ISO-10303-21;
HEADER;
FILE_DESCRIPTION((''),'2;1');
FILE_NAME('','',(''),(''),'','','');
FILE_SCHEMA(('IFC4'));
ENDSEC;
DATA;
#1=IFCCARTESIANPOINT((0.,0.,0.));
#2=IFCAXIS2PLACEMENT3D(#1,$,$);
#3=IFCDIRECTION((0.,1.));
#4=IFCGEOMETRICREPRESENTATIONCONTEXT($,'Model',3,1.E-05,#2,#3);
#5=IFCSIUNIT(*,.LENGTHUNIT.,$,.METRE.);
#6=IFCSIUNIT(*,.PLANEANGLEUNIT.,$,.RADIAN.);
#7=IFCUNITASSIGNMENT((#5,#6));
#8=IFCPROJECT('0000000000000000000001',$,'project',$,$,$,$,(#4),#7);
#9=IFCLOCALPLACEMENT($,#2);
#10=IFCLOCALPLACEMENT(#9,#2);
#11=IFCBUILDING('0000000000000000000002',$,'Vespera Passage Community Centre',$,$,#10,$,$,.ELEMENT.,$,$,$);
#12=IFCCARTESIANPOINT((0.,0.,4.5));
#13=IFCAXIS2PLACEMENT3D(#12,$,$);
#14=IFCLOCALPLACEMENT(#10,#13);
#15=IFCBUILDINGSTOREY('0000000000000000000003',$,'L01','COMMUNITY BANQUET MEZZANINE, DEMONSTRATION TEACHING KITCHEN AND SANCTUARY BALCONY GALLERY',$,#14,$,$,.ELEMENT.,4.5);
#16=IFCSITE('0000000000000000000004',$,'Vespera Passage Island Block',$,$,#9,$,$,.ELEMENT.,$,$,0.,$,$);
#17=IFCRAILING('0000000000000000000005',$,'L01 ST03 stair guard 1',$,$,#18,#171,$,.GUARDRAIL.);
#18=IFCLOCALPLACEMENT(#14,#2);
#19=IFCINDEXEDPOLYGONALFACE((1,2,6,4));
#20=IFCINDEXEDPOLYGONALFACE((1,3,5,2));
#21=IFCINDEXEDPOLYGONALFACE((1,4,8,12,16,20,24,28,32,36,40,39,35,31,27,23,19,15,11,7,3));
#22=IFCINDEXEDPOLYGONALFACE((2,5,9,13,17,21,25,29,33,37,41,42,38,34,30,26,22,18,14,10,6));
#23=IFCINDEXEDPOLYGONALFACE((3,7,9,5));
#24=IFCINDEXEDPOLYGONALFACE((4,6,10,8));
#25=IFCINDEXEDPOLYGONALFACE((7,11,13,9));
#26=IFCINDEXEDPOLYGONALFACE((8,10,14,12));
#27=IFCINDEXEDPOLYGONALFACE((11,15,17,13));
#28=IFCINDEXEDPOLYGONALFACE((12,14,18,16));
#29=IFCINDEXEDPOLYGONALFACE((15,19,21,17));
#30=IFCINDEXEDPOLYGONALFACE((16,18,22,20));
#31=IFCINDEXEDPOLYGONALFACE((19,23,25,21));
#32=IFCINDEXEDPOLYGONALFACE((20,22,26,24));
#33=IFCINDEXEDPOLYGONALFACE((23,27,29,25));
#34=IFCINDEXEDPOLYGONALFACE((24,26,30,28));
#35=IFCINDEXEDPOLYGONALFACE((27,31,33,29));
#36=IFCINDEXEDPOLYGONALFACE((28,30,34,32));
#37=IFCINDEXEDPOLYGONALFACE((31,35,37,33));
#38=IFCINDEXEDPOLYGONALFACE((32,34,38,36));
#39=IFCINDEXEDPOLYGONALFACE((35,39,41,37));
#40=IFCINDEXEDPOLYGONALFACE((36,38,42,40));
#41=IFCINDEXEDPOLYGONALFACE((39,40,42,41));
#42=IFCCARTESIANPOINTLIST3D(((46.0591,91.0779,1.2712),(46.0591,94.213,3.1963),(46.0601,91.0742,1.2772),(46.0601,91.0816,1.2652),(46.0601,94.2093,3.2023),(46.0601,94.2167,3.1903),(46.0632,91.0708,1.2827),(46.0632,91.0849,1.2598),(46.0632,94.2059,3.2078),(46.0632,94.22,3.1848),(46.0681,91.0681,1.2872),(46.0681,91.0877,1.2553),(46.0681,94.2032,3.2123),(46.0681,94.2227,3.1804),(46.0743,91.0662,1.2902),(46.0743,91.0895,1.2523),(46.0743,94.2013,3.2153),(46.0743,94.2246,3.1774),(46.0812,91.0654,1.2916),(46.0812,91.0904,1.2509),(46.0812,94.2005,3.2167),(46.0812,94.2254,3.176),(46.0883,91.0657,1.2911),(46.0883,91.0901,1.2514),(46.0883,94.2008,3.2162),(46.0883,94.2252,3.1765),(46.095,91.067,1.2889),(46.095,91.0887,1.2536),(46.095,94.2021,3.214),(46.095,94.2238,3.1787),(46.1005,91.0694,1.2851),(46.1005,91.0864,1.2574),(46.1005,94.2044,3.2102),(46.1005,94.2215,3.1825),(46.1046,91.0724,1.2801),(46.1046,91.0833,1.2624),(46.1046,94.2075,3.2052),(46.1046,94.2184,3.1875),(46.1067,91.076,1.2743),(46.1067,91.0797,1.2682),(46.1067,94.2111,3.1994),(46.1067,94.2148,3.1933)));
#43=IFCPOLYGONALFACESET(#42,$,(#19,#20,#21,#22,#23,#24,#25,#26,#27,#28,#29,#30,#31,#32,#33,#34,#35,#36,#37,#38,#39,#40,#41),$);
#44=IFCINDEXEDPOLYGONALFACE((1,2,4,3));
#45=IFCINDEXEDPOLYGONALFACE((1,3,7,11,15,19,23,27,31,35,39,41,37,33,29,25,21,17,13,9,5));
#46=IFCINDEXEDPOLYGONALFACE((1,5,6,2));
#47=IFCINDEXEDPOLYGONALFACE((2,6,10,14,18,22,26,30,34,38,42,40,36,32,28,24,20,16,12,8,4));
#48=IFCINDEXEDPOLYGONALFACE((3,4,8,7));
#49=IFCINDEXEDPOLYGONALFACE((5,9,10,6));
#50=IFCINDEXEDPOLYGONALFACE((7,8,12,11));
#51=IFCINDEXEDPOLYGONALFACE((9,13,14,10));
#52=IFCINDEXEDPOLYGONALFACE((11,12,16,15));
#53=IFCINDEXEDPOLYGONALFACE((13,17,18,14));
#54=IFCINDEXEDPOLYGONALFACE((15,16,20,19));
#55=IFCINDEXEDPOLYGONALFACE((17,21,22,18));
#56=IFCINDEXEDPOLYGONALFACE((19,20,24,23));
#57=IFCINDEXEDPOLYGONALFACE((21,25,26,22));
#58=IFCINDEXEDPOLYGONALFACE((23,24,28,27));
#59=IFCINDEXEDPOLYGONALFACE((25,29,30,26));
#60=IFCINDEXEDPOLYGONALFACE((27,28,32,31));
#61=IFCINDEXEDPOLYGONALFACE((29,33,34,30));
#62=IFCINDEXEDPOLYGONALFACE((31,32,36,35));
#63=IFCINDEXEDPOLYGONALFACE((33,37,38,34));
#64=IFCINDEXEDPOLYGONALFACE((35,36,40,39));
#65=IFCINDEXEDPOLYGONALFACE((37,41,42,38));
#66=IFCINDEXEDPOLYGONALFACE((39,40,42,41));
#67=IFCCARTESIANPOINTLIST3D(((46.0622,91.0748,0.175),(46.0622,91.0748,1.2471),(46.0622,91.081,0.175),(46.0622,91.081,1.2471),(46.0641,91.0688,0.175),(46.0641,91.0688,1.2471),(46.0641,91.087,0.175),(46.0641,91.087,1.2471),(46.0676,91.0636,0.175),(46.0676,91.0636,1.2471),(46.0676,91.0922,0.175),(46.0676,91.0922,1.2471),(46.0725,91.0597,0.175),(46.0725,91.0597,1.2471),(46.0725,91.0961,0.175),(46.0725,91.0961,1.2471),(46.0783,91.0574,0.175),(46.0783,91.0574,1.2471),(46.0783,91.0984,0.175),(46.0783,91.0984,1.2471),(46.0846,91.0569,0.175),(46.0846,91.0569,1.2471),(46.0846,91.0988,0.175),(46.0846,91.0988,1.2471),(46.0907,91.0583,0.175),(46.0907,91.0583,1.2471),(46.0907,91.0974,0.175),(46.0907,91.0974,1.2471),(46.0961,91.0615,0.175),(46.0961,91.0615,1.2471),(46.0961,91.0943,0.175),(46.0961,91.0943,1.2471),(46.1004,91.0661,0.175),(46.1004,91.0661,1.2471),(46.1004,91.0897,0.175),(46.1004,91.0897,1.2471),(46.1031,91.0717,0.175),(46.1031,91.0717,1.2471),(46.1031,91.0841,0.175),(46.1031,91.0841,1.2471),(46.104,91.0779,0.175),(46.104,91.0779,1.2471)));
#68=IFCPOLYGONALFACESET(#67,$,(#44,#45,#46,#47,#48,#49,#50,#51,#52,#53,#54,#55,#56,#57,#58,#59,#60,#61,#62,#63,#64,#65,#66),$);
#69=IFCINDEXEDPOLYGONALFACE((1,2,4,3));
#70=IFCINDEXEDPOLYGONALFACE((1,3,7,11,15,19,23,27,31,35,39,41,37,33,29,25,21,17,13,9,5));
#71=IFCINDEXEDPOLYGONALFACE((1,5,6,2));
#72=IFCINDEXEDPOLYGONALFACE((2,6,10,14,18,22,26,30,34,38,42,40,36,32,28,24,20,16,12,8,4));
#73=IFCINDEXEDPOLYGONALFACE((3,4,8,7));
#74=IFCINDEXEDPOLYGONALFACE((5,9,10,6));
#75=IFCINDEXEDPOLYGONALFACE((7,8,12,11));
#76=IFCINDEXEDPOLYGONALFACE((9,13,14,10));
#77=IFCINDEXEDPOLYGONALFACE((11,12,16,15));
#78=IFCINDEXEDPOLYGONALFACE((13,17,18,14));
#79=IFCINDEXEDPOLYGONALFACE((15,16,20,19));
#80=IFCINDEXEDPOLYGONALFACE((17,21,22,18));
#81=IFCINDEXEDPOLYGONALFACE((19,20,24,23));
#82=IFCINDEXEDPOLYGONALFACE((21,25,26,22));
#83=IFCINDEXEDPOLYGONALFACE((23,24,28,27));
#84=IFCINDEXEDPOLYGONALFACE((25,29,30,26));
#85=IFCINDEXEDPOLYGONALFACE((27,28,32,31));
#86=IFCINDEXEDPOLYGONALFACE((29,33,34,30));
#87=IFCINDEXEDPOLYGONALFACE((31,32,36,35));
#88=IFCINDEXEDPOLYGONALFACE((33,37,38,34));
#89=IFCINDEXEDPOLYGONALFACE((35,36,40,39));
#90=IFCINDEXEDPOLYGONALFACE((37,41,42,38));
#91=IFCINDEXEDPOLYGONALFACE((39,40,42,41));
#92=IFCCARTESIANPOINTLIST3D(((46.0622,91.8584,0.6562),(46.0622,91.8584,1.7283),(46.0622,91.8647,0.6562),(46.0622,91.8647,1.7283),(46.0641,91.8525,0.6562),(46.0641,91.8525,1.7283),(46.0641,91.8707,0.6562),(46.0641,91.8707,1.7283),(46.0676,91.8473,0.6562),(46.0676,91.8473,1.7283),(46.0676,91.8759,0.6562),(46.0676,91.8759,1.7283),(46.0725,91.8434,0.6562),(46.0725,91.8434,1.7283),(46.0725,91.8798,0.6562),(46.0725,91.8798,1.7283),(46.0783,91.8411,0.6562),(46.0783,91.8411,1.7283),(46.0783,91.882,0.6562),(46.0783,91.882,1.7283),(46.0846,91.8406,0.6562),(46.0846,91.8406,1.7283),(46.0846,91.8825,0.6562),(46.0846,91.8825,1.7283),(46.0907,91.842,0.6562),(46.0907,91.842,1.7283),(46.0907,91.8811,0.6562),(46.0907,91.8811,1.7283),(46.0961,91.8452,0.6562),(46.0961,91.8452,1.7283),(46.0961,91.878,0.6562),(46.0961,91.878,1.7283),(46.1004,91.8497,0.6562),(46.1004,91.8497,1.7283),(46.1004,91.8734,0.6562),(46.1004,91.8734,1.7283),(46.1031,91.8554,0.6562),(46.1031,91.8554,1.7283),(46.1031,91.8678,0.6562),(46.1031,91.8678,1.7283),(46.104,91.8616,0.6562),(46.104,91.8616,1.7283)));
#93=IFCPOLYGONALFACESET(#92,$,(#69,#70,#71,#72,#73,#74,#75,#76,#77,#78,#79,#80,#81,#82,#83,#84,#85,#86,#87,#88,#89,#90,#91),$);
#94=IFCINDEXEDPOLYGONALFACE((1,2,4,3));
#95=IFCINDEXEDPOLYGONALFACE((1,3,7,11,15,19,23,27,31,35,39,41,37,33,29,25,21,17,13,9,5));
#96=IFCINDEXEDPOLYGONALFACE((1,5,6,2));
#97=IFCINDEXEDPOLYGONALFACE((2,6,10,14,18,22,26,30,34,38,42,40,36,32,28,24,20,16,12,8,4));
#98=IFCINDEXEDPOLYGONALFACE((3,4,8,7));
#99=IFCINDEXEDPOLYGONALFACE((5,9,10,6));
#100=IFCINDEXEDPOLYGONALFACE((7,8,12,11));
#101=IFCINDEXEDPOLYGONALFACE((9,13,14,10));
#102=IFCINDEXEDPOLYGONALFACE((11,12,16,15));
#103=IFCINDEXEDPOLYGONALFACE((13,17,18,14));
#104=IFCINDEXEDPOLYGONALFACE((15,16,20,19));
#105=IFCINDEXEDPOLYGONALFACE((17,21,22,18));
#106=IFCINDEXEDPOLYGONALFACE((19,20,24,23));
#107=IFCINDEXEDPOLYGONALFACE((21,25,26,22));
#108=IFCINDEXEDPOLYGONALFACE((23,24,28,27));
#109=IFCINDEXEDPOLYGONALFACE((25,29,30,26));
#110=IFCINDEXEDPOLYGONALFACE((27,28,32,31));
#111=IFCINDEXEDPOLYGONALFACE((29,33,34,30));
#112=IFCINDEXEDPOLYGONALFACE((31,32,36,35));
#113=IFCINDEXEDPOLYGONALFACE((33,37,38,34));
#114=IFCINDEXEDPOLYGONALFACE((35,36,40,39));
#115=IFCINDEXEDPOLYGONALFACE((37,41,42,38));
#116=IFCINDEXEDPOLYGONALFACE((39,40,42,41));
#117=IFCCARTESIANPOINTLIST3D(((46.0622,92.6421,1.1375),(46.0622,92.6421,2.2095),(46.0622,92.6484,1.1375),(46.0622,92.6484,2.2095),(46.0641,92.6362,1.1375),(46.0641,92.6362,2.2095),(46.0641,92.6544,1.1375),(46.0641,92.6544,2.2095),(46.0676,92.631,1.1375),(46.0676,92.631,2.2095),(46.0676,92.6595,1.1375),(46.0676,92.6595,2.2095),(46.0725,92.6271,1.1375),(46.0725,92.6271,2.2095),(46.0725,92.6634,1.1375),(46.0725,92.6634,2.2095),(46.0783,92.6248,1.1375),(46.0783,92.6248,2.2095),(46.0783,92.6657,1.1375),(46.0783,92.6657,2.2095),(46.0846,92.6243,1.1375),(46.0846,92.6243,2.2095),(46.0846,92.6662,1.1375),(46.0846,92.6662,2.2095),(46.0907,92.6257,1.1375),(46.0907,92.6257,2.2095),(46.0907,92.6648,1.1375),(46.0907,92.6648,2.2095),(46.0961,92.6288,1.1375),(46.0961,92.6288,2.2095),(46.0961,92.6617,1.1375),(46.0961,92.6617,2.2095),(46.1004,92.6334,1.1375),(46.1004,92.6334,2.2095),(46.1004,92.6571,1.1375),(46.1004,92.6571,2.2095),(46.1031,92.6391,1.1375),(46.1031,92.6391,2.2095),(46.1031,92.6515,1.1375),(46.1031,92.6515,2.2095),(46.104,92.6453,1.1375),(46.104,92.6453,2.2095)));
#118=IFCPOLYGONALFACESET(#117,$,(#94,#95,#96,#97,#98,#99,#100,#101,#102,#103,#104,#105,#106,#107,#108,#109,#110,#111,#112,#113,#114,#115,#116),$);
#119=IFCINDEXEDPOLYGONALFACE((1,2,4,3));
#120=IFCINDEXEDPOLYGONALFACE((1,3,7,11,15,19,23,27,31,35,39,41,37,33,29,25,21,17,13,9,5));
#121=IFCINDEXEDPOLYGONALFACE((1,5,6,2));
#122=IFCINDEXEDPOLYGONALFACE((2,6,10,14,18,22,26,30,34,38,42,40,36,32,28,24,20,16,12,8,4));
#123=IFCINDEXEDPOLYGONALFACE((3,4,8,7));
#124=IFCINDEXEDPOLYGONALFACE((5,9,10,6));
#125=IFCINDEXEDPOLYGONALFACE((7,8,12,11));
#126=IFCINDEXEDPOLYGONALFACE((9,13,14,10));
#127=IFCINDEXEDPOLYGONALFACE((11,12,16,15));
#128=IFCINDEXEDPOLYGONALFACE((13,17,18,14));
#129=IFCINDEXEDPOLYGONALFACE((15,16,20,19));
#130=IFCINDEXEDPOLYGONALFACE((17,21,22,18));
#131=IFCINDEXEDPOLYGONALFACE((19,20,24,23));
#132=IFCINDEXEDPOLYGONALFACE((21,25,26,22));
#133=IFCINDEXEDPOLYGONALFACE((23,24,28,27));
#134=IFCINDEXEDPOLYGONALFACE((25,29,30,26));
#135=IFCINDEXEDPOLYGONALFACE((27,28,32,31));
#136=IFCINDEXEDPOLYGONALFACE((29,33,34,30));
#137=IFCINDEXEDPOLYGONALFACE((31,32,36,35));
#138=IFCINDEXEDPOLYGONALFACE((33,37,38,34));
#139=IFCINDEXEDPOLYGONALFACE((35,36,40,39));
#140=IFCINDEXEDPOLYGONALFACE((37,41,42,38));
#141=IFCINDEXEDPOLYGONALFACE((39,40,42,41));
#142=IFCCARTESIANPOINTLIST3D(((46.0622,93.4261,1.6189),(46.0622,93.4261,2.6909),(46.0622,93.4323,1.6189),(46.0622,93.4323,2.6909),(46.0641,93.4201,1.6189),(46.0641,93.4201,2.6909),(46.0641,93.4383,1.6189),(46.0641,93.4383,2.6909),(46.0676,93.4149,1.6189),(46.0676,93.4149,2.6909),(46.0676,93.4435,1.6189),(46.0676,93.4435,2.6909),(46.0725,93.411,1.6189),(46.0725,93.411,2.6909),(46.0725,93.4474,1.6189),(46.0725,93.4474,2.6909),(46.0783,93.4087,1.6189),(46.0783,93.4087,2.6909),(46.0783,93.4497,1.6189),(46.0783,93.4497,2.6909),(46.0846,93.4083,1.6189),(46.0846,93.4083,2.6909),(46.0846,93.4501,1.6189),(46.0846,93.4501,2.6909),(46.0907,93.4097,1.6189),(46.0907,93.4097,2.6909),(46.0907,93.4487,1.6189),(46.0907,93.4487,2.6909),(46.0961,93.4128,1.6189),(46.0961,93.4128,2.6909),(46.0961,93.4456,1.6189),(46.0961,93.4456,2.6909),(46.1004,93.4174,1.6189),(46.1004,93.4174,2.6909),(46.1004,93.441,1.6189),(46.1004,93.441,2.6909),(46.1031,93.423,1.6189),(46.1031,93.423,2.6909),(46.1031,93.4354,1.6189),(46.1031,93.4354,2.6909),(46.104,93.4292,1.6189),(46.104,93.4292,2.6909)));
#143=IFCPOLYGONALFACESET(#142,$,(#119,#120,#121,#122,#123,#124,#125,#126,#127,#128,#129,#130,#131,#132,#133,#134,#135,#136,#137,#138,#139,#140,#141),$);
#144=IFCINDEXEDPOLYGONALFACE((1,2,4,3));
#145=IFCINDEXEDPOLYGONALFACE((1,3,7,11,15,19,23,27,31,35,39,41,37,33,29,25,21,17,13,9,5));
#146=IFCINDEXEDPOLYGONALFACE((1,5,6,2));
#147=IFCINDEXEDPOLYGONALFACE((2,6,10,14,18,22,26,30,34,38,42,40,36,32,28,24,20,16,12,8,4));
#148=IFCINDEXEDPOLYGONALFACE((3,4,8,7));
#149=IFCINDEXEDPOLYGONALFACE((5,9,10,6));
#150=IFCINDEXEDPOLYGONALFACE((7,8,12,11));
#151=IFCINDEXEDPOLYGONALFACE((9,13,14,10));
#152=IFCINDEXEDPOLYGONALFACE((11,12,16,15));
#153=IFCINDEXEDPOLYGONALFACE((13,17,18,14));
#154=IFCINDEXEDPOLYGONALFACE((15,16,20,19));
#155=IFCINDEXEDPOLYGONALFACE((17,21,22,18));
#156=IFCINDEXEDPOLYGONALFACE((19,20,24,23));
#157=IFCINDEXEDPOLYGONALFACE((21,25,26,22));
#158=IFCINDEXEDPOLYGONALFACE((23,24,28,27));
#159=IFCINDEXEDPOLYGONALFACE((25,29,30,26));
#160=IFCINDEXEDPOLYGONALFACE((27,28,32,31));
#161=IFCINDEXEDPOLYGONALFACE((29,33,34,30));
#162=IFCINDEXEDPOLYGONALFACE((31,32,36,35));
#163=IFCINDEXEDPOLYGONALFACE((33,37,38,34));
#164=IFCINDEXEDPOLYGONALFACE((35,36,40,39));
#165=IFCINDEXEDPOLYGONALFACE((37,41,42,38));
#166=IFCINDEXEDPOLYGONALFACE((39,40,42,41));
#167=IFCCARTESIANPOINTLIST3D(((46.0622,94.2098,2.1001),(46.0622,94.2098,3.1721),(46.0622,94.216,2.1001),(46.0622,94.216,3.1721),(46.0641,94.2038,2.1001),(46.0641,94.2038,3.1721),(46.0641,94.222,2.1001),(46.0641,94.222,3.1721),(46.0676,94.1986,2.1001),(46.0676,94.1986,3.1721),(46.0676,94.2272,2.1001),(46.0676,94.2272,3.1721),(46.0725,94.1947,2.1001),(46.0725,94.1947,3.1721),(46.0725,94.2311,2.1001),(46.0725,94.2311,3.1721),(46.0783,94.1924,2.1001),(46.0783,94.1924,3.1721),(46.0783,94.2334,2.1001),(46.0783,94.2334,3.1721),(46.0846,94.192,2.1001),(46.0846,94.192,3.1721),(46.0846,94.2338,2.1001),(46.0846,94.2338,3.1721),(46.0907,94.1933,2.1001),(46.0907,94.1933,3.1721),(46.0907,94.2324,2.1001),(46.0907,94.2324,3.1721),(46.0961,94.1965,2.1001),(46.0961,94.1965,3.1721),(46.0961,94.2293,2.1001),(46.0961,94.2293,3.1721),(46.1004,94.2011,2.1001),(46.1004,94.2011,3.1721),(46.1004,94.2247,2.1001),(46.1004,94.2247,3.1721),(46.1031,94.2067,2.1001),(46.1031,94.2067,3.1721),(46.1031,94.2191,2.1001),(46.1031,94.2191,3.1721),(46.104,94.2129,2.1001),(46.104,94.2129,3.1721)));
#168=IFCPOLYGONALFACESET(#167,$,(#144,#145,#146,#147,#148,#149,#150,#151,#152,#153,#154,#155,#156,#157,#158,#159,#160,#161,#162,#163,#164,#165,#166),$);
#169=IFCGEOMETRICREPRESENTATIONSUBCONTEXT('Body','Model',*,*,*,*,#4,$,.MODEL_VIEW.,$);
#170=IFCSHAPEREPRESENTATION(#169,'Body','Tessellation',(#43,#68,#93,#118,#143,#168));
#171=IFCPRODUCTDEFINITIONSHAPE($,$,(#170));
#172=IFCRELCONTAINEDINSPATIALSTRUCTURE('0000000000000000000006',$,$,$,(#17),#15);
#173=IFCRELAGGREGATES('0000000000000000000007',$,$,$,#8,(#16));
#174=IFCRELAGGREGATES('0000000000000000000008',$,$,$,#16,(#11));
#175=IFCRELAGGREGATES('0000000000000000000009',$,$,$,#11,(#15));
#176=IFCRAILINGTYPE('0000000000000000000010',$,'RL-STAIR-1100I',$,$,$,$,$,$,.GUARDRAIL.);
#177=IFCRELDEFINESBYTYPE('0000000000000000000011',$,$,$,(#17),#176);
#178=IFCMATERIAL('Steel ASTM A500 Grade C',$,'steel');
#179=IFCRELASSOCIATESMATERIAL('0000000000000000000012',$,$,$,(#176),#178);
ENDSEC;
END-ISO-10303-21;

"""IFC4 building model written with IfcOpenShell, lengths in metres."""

from ifc_helpers import new_model, si_unit, direction, frame, origin, origin_2d, place, context, subcontext, project, spatial, circle, extrude, material, type_object, element, save


model = new_model("IFC4")

# Units and contexts
model_context = context("Model", 3, precision=1e-05, world=origin(), true_north=direction((0.0, 1.0)))
body_context = subcontext(model_context, "Body", "Model", "MODEL_VIEW")
ifc_project = project(units=[si_unit("LENGTHUNIT", "METRE"), si_unit("PLANEANGLEUNIT", "RADIAN")], contexts=[model_context])

# Site, building, storey
site_placement = place(None, origin())
site = spatial("IfcSite", under=ifc_project, at=site_placement, Name="Vespera Passage Island Block", CompositionType="ELEMENT", RefElevation=0.0)
building_placement = place(site_placement, origin())
building = spatial("IfcBuilding", under=site, at=building_placement, Name="Vespera Passage Community Centre", CompositionType="ELEMENT")
storey_placement = place(building_placement, frame((0.0, 0.0, 4.5)))
storey = spatial("IfcBuildingStorey", under=building, at=storey_placement, Name="L01", Description="COMMUNITY BANQUET MEZZANINE, DEMONSTRATION TEACHING KITCHEN AND SANCTUARY BALCONY GALLERY", CompositionType="ELEMENT", Elevation=4.5)

# Railing
ifc_material_1 = material(Name="Steel ASTM A500 Grade C", Category="steel")
railing_type_1 = type_object("IfcRailingType", Name="RL-STAIR-1100I", PredefinedType="GUARDRAIL", material=ifc_material_1)
railing_1_placement = place(storey_placement, frame((46.083, 91.0779, 0.175)))
element("IfcRailing", 1, at=railing_1_placement, inside=storey, type_object=railing_type_1, Name="L01 ST03 stair guard 1", PredefinedType="GUARDRAIL", context=body_context, shape_type="SweptSolid", body=[
    extrude(circle(Radius=0.0239, at=origin_2d()), frame((0.0, 0.0, 1.0962), z_axis=(0.0, 0.852166, 0.523271), x_axis=(-1.0, 0.0, 0.0)), (0.0, 0.0, 1.0), 3.679),
    extrude(circle(Radius=0.021, at=origin_2d()), origin(), (0.0, 0.0, 1.0), 1.072),
    extrude(circle(Radius=0.021, at=origin_2d()), frame((0.0, 0.7837, 0.4812)), (0.0, 0.0, 1.0), 1.072),
    extrude(circle(Radius=0.021, at=origin_2d()), frame((0.0, 1.5674, 0.9624)), (0.0, 0.0, 1.0), 1.072),
    extrude(circle(Radius=0.021, at=origin_2d()), frame((0.0, 2.3513, 1.4438)), (0.0, 0.0, 1.0), 1.072),
    extrude(circle(Radius=0.021, at=origin_2d()), frame((0.0, 3.135, 1.925)), (0.0, 0.0, 1.0), 1.072),
])

save(model, "model.ifc")
